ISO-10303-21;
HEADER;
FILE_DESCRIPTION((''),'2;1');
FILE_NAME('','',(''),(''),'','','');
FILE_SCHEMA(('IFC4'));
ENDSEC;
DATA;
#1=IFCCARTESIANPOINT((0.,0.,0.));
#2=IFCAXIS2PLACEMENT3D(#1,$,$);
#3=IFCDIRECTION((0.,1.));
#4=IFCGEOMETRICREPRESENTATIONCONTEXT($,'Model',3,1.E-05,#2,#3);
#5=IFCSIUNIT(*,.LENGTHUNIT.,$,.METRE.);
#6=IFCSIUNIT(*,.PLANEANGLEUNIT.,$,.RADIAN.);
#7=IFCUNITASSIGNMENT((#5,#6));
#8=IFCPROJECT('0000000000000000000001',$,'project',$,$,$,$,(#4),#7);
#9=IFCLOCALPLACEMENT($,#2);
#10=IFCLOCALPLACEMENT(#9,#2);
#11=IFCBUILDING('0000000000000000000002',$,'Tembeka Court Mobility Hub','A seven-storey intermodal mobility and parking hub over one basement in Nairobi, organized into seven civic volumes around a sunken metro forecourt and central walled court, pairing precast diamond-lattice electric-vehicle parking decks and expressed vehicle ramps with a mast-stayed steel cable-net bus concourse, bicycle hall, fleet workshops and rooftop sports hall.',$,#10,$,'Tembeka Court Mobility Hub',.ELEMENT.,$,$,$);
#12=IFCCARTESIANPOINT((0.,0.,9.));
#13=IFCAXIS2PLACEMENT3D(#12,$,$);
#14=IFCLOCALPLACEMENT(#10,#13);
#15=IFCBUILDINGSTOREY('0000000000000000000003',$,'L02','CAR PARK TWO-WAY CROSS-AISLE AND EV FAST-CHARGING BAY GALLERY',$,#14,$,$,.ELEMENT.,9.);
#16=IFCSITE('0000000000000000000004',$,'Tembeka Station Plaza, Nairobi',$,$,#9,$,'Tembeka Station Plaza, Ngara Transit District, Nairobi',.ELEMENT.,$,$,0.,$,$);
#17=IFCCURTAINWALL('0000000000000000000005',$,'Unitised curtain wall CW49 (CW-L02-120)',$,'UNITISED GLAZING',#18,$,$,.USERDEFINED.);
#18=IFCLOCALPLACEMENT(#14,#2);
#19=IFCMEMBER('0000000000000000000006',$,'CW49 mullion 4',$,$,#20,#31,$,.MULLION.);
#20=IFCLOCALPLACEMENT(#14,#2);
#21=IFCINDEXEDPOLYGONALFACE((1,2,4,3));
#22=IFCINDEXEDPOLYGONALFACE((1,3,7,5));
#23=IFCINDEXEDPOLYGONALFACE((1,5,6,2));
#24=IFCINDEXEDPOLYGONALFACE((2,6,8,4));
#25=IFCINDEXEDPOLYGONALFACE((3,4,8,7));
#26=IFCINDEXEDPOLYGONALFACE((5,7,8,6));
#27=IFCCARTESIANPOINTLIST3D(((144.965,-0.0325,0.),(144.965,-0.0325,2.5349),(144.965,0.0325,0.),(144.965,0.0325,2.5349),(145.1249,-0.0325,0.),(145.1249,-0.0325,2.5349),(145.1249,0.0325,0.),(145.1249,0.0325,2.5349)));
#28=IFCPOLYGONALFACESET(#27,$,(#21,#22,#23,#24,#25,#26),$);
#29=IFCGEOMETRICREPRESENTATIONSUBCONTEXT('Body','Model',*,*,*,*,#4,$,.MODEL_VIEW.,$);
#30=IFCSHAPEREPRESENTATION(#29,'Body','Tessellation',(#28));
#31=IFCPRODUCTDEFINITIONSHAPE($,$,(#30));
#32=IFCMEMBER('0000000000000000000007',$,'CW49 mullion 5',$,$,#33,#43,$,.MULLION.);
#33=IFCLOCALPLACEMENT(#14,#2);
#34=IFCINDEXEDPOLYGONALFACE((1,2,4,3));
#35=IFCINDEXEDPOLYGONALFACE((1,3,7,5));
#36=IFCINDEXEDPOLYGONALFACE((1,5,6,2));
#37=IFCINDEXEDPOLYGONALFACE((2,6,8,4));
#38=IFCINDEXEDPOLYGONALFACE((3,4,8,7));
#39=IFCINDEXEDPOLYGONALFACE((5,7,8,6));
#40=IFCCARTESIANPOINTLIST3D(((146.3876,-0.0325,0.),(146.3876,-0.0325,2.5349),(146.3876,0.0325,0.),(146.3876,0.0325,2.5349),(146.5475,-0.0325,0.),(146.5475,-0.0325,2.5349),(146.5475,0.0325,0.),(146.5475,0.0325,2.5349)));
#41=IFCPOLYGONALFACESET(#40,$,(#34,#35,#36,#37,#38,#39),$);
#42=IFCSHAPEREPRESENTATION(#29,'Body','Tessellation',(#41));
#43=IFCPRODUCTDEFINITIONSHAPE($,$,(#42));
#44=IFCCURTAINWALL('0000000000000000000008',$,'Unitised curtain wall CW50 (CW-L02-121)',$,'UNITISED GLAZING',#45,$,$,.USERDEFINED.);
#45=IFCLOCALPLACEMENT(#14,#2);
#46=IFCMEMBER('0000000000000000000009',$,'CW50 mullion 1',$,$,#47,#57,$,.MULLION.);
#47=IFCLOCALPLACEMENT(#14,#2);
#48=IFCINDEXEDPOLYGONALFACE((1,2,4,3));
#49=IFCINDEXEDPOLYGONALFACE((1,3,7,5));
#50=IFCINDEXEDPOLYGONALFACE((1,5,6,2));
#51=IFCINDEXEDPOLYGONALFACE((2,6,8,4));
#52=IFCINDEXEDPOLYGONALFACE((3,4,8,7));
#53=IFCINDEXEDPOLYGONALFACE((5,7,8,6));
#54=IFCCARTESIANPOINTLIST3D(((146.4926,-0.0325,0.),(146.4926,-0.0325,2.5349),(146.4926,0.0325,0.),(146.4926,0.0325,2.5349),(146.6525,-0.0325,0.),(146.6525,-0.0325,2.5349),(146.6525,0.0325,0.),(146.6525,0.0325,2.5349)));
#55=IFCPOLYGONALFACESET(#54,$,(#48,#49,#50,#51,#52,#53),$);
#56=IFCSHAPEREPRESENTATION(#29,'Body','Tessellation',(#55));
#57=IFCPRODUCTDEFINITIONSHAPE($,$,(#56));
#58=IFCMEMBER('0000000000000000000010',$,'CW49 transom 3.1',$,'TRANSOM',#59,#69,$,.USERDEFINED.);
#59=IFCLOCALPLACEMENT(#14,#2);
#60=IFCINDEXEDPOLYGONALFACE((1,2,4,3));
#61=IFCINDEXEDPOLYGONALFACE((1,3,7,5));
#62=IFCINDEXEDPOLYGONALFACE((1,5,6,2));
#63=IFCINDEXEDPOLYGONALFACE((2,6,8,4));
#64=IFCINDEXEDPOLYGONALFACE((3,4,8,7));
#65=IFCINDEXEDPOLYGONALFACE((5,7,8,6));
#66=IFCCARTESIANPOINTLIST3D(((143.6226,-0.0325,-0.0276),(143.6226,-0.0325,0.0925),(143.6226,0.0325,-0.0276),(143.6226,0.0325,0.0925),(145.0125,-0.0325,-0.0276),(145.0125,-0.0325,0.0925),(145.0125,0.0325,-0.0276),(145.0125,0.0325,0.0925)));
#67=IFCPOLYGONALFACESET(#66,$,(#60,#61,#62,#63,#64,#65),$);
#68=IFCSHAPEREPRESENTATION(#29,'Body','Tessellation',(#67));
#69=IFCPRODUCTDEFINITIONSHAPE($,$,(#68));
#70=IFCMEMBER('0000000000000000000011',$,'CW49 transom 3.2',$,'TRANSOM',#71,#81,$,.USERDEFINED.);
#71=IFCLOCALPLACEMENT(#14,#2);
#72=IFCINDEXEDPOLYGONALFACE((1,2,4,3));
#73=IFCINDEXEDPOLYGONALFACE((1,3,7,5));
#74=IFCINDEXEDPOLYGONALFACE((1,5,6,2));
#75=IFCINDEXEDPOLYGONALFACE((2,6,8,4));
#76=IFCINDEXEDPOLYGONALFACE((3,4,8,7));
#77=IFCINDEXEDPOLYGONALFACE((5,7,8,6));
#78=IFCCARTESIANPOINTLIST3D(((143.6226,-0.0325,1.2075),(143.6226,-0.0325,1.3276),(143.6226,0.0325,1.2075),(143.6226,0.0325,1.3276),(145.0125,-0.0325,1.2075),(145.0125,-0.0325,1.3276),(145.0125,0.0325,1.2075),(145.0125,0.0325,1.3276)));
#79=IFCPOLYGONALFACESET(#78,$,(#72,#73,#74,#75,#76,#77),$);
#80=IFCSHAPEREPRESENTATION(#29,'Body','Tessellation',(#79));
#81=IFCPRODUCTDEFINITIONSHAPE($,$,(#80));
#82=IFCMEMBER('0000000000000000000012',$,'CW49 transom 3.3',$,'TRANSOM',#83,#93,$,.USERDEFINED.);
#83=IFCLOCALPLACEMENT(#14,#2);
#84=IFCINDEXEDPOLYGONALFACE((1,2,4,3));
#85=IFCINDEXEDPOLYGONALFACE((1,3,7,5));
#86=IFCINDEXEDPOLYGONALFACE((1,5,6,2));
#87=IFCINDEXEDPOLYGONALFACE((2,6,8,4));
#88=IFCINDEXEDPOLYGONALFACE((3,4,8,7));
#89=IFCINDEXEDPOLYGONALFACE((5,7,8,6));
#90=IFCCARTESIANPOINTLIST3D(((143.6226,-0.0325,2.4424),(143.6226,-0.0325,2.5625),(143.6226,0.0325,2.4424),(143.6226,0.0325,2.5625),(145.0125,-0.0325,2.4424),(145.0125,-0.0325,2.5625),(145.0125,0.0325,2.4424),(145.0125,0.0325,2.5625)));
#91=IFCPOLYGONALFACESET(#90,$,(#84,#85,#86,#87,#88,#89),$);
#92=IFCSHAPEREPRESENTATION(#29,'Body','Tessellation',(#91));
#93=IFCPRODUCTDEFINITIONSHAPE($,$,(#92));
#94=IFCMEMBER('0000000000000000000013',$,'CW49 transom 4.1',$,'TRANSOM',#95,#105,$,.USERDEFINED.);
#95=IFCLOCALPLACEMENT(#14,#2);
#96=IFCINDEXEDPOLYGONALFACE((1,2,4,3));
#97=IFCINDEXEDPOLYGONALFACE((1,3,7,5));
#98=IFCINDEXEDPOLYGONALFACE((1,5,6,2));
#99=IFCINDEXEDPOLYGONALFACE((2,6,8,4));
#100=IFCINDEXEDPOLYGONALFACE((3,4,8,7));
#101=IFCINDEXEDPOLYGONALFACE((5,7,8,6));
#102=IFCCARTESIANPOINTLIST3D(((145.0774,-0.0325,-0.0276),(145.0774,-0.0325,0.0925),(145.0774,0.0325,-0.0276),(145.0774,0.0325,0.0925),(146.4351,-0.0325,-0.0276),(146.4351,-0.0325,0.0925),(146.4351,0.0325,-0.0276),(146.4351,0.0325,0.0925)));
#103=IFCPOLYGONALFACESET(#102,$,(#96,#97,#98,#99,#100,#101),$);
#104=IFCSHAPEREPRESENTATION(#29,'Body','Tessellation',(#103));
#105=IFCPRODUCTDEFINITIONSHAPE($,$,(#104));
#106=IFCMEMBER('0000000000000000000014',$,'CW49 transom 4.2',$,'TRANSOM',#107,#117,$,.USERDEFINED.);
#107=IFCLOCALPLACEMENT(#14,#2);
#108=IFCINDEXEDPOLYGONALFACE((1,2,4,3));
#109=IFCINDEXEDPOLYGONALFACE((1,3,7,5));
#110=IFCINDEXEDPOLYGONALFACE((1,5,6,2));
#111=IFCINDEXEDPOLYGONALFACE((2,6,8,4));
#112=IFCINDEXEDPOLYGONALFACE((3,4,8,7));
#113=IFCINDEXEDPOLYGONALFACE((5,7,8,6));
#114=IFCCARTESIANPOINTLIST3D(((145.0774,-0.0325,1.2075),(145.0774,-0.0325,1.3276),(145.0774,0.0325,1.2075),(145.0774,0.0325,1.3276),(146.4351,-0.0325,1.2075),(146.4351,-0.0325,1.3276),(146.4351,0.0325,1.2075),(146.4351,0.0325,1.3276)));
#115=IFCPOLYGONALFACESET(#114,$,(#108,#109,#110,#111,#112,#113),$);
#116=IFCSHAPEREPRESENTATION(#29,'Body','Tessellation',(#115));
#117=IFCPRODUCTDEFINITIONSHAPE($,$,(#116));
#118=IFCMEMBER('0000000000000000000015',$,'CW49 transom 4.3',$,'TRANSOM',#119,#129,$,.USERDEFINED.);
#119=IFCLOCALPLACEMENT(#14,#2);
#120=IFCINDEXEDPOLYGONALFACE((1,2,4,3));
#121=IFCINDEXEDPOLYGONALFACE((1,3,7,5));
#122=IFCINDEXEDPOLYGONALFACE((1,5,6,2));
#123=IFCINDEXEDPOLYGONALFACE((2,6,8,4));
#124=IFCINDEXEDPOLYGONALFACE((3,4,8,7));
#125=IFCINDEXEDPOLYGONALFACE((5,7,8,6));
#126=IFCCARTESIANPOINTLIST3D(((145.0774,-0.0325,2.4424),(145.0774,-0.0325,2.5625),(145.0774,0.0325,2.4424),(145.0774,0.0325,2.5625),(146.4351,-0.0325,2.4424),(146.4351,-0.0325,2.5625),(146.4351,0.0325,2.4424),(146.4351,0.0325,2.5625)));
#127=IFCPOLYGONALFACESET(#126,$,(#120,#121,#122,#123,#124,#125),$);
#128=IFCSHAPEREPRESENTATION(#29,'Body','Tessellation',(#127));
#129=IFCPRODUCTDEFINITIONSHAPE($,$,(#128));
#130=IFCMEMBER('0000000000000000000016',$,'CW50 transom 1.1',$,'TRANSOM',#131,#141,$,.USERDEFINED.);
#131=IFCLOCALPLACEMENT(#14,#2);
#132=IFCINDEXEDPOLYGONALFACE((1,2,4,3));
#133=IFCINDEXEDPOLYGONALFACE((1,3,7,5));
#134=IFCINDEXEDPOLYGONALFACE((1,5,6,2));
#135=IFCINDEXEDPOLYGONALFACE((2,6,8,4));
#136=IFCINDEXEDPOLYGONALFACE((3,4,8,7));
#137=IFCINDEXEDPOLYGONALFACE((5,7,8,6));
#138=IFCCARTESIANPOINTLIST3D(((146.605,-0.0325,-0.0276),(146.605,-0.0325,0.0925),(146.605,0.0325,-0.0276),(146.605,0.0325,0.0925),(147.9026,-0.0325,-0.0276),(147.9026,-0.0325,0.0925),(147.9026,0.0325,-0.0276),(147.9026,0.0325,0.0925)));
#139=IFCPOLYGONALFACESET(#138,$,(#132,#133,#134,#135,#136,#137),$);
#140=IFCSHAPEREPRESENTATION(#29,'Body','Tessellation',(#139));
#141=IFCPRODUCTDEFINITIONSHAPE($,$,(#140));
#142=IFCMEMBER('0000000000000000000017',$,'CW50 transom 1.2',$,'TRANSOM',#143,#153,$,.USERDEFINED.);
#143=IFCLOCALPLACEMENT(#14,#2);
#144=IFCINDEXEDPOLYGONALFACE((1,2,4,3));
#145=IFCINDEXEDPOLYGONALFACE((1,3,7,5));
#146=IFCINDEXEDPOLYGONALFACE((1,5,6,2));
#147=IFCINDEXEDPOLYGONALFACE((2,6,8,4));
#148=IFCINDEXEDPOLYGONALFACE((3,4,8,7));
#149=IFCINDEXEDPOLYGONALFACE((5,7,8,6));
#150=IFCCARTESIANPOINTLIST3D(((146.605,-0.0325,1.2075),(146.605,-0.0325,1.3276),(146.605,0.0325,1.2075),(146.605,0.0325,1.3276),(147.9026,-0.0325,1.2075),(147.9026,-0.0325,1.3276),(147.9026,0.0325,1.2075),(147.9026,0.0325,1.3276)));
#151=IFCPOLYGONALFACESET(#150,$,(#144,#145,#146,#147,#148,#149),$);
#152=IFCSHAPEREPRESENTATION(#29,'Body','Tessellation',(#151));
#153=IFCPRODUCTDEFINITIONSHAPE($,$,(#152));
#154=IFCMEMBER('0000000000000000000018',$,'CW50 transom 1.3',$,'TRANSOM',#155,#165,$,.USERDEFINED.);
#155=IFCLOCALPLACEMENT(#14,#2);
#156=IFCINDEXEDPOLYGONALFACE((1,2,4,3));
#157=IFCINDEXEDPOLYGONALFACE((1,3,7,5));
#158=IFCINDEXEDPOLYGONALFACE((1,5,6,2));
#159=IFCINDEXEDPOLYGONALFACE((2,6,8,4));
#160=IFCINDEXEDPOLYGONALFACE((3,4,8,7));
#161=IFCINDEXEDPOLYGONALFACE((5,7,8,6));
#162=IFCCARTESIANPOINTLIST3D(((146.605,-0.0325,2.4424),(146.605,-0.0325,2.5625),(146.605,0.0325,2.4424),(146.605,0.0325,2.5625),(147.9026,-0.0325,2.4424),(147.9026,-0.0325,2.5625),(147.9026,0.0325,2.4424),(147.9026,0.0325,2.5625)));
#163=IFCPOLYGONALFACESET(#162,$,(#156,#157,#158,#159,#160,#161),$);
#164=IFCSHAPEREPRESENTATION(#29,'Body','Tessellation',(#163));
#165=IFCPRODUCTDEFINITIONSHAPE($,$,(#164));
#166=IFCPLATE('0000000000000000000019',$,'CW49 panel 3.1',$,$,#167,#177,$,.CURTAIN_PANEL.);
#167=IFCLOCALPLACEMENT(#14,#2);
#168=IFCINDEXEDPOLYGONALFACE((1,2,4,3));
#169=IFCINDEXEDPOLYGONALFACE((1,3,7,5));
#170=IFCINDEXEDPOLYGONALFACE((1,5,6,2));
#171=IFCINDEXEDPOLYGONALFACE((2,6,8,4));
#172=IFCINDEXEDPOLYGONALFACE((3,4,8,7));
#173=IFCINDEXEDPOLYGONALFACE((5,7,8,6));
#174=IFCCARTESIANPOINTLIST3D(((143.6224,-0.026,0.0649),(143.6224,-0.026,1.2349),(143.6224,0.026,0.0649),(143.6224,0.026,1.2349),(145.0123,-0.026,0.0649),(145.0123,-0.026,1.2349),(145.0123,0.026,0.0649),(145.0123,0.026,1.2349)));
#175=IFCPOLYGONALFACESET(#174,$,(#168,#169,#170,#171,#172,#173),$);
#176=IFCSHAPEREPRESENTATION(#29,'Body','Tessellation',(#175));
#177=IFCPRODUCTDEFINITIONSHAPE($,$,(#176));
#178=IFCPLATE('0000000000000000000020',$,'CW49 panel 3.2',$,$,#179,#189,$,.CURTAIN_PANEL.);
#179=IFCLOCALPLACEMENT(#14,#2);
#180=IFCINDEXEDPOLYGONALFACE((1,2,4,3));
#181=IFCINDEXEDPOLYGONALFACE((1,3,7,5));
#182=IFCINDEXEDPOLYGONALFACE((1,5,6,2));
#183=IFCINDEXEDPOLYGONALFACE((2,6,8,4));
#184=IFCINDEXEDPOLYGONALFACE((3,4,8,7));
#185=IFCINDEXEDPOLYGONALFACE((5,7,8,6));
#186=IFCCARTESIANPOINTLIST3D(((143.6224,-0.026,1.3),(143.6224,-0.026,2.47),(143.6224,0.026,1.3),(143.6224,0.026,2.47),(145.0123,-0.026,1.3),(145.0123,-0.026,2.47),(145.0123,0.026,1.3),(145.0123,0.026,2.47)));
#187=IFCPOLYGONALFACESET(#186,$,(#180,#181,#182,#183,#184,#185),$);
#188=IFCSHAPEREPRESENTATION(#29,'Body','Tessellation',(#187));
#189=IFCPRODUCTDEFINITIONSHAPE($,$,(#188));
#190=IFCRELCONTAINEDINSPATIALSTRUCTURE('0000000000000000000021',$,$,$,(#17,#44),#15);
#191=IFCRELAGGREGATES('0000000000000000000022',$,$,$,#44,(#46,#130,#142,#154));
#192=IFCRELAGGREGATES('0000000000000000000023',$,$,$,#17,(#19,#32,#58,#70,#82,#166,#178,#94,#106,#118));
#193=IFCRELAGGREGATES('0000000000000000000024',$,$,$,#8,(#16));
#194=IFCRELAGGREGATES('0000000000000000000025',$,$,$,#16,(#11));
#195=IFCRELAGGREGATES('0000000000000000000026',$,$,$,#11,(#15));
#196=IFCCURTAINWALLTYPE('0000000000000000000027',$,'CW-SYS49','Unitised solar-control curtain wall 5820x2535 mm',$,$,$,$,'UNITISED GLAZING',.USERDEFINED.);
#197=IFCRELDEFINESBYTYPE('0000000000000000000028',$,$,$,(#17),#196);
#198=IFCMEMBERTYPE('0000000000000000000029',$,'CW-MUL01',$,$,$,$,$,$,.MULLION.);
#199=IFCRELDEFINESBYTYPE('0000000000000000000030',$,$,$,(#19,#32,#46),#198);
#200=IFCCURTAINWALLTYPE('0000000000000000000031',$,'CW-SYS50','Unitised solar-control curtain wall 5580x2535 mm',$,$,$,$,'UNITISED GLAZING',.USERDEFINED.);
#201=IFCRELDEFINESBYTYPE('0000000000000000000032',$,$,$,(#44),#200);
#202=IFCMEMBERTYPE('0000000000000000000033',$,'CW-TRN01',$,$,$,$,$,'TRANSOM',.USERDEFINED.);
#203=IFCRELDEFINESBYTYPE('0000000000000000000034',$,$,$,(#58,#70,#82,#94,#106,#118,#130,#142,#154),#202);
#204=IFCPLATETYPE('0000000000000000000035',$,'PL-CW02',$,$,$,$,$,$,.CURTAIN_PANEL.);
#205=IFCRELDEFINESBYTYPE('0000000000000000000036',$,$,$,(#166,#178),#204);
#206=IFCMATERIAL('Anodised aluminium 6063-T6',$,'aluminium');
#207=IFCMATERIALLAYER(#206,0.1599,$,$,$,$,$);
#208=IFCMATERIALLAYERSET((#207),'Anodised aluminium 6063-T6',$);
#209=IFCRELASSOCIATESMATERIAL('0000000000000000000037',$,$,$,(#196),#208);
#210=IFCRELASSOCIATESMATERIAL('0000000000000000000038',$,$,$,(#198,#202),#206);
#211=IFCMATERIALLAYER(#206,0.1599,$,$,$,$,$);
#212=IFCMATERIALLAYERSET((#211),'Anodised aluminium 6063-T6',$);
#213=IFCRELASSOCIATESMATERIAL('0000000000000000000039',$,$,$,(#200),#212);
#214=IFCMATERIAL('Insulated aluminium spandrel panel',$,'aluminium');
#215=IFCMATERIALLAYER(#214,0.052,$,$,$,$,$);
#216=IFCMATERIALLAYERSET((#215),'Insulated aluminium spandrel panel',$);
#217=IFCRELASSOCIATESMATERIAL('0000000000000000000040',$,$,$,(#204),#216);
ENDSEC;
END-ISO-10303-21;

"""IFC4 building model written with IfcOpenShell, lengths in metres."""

from ifc_helpers import new_model, si_unit, direction, frame, origin, origin_2d, place, context, subcontext, project, spatial, rectangle, extrude, material, layer, layer_set, material_profile, profile_set, type_object, element, aggregate, save


model = new_model("IFC4")

# Units and contexts
model_context = context("Model", 3, precision=1e-05, world=origin(), true_north=direction((0.0, 1.0)))
body_context = subcontext(model_context, "Body", "Model", "MODEL_VIEW")
ifc_project = project(units=[si_unit("LENGTHUNIT", "METRE"), si_unit("PLANEANGLEUNIT", "RADIAN")], contexts=[model_context])

# Site, building, storey
site_placement = place(None, origin())
site = spatial("IfcSite", under=ifc_project, at=site_placement, Name="Tembeka Station Plaza, Nairobi", LongName="Tembeka Station Plaza, Ngara Transit District, Nairobi", CompositionType="ELEMENT", RefElevation=0.0)
building_placement = place(site_placement, origin())
building = spatial("IfcBuilding", under=site, at=building_placement, Name="Tembeka Court Mobility Hub", Description="A seven-storey intermodal mobility and parking hub over one basement in Nairobi, organized into seven civic volumes around a sunken metro forecourt and central walled court, pairing precast diamond-lattice electric-vehicle parking decks and expressed vehicle ramps with a mast-stayed steel cable-net bus concourse, bicycle hall, fleet workshops and rooftop sports hall.", LongName="Tembeka Court Mobility Hub", CompositionType="ELEMENT")
storey_placement = place(building_placement, frame((0.0, 0.0, 9.0)))
storey = spatial("IfcBuildingStorey", under=building, at=storey_placement, Name="L02", Description="CAR PARK TWO-WAY CROSS-AISLE AND EV FAST-CHARGING BAY GALLERY", CompositionType="ELEMENT", Elevation=9.0)

# Curtain wall, members
ifc_material_1 = material(Name="Anodised aluminium 6063-T6", Category="aluminium")
ifc_layer_1 = layer(ifc_material_1, 0.1599)
ifc_layer_set_1 = layer_set([ifc_layer_1], Name="Anodised aluminium 6063-T6")
curtain_wall_type_1 = type_object("IfcCurtainWallType", Name="CW-SYS49", Description="Unitised solar-control curtain wall 5820x2535 mm", ElementType="UNITISED GLAZING", PredefinedType="USERDEFINED", material=ifc_layer_set_1)
curtain_wall_1_placement = place(storey_placement, origin())
curtain_wall_1 = element("IfcCurtainWall", 1, at=curtain_wall_1_placement, inside=storey, type_object=curtain_wall_type_1, Name="Unitised curtain wall CW49 (CW-L02-120)", ObjectType="UNITISED GLAZING", PredefinedType="USERDEFINED")
ifc_material_profile_1 = material_profile(ifc_material_1, rectangle(XDim=0.0649, YDim=0.1599, at=origin_2d()), Name="ALU-MUL 65x160")
ifc_profile_set_1 = profile_set([ifc_material_profile_1], Name="Anodised aluminium 6063-T6")
member_type_1 = type_object("IfcMemberType", Name="CW-MUL01", PredefinedType="MULLION", material=ifc_profile_set_1)
member_1_placement = place(storey_placement, frame((145.0449, 0.0, 0.0), z_axis=(0.0, 0.0, 1.0), x_axis=(0.0, 1.0, 0.0)))
member_1 = element("IfcMember", 2, at=member_1_placement, type_object=member_type_1, Name="CW49 mullion 4", PredefinedType="MULLION", context=body_context, shape_type="SweptSolid", body=[
    extrude(rectangle(XDim=0.0649, YDim=0.1599, at=origin_2d()), origin(), (0.0, 0.0, 1.0), 2.5349),
])
member_2_placement = place(storey_placement, frame((146.4675, 0.0, 0.0), z_axis=(0.0, 0.0, 1.0), x_axis=(0.0, 1.0, 0.0)))
member_2 = element("IfcMember", 3, at=member_2_placement, type_object=member_type_1, Name="CW49 mullion 5", PredefinedType="MULLION", context=body_context, shape_type="SweptSolid", body=[
    extrude(rectangle(XDim=0.0649, YDim=0.1599, at=origin_2d()), origin(), (0.0, 0.0, 1.0), 2.5349),
])

# Curtain wall, member
ifc_layer_2 = layer(ifc_material_1, 0.1599)
ifc_layer_set_2 = layer_set([ifc_layer_2], Name="Anodised aluminium 6063-T6")
curtain_wall_type_2 = type_object("IfcCurtainWallType", Name="CW-SYS50", Description="Unitised solar-control curtain wall 5580x2535 mm", ElementType="UNITISED GLAZING", PredefinedType="USERDEFINED", material=ifc_layer_set_2)
curtain_wall_2_placement = place(storey_placement, origin())
curtain_wall_2 = element("IfcCurtainWall", 4, at=curtain_wall_2_placement, inside=storey, type_object=curtain_wall_type_2, Name="Unitised curtain wall CW50 (CW-L02-121)", ObjectType="UNITISED GLAZING", PredefinedType="USERDEFINED")
member_3_placement = place(storey_placement, frame((146.5725, 0.0, 0.0), z_axis=(0.0, 0.0, 1.0), x_axis=(0.0, 1.0, 0.0)))
member_3 = element("IfcMember", 5, at=member_3_placement, type_object=member_type_1, Name="CW50 mullion 1", PredefinedType="MULLION", context=body_context, shape_type="SweptSolid", body=[
    extrude(rectangle(XDim=0.0649, YDim=0.1599, at=origin_2d()), origin(), (0.0, 0.0, 1.0), 2.5349),
])

# Members
ifc_material_profile_2 = material_profile(ifc_material_1, rectangle(XDim=0.0649, YDim=0.1201, at=origin_2d()), Name="ALU-TRN 65x120")
ifc_profile_set_2 = profile_set([ifc_material_profile_2], Name="Anodised aluminium 6063-T6")
member_type_2 = type_object("IfcMemberType", Name="CW-TRN01", ElementType="TRANSOM", PredefinedType="USERDEFINED", material=ifc_profile_set_2)
member_4_placement = place(storey_placement, frame((143.6226, 0.0, 0.0325), z_axis=(1.0, 0.0, 0.0), x_axis=(0.0, 1.0, 0.0)))
member_4 = element("IfcMember", 6, at=member_4_placement, type_object=member_type_2, Name="CW49 transom 3.1", ObjectType="TRANSOM", PredefinedType="USERDEFINED", context=body_context, shape_type="SweptSolid", body=[
    extrude(rectangle(XDim=0.0649, YDim=0.1201, at=origin_2d()), origin(), (0.0, 0.0, 1.0), 1.3899),
])
member_5_placement = place(storey_placement, frame((143.6226, 0.0, 1.2676), z_axis=(1.0, 0.0, 0.0), x_axis=(0.0, 1.0, 0.0)))
member_5 = element("IfcMember", 7, at=member_5_placement, type_object=member_type_2, Name="CW49 transom 3.2", ObjectType="TRANSOM", PredefinedType="USERDEFINED", context=body_context, shape_type="SweptSolid", body=[
    extrude(rectangle(XDim=0.0649, YDim=0.1201, at=origin_2d()), origin(), (0.0, 0.0, 1.0), 1.3899),
])
member_6_placement = place(storey_placement, frame((143.6226, 0.0, 2.5024), z_axis=(1.0, 0.0, 0.0), x_axis=(0.0, 1.0, 0.0)))
member_6 = element("IfcMember", 8, at=member_6_placement, type_object=member_type_2, Name="CW49 transom 3.3", ObjectType="TRANSOM", PredefinedType="USERDEFINED", context=body_context, shape_type="SweptSolid", body=[
    extrude(rectangle(XDim=0.0649, YDim=0.1201, at=origin_2d()), origin(), (0.0, 0.0, 1.0), 1.3899),
])
member_7_placement = place(storey_placement, frame((145.0774, 0.0, 0.0325), z_axis=(1.0, 0.0, 0.0), x_axis=(0.0, 1.0, 0.0)))
member_7 = element("IfcMember", 9, at=member_7_placement, type_object=member_type_2, Name="CW49 transom 4.1", ObjectType="TRANSOM", PredefinedType="USERDEFINED", context=body_context, shape_type="SweptSolid", body=[
    extrude(rectangle(XDim=0.0649, YDim=0.1201, at=origin_2d()), origin(), (0.0, 0.0, 1.0), 1.3577),
])
member_8_placement = place(storey_placement, frame((145.0774, 0.0, 1.2676), z_axis=(1.0, 0.0, 0.0), x_axis=(0.0, 1.0, 0.0)))
member_8 = element("IfcMember", 10, at=member_8_placement, type_object=member_type_2, Name="CW49 transom 4.2", ObjectType="TRANSOM", PredefinedType="USERDEFINED", context=body_context, shape_type="SweptSolid", body=[
    extrude(rectangle(XDim=0.0649, YDim=0.1201, at=origin_2d()), origin(), (0.0, 0.0, 1.0), 1.3577),
])
member_9_placement = place(storey_placement, frame((145.0774, 0.0, 2.5024), z_axis=(1.0, 0.0, 0.0), x_axis=(0.0, 1.0, 0.0)))
member_9 = element("IfcMember", 11, at=member_9_placement, type_object=member_type_2, Name="CW49 transom 4.3", ObjectType="TRANSOM", PredefinedType="USERDEFINED", context=body_context, shape_type="SweptSolid", body=[
    extrude(rectangle(XDim=0.0649, YDim=0.1201, at=origin_2d()), origin(), (0.0, 0.0, 1.0), 1.3577),
])
member_10_placement = place(storey_placement, frame((146.605, 0.0, 0.0325), z_axis=(1.0, 0.0, 0.0), x_axis=(0.0, 1.0, 0.0)))
member_10 = element("IfcMember", 12, at=member_10_placement, type_object=member_type_2, Name="CW50 transom 1.1", ObjectType="TRANSOM", PredefinedType="USERDEFINED", context=body_context, shape_type="SweptSolid", body=[
    extrude(rectangle(XDim=0.0649, YDim=0.1201, at=origin_2d()), origin(), (0.0, 0.0, 1.0), 1.2976),
])
member_11_placement = place(storey_placement, frame((146.605, 0.0, 1.2676), z_axis=(1.0, 0.0, 0.0), x_axis=(0.0, 1.0, 0.0)))
member_11 = element("IfcMember", 13, at=member_11_placement, type_object=member_type_2, Name="CW50 transom 1.2", ObjectType="TRANSOM", PredefinedType="USERDEFINED", context=body_context, shape_type="SweptSolid", body=[
    extrude(rectangle(XDim=0.0649, YDim=0.1201, at=origin_2d()), origin(), (0.0, 0.0, 1.0), 1.2976),
])
member_12_placement = place(storey_placement, frame((146.605, 0.0, 2.5024), z_axis=(1.0, 0.0, 0.0), x_axis=(0.0, 1.0, 0.0)))
member_12 = element("IfcMember", 14, at=member_12_placement, type_object=member_type_2, Name="CW50 transom 1.3", ObjectType="TRANSOM", PredefinedType="USERDEFINED", context=body_context, shape_type="SweptSolid", body=[
    extrude(rectangle(XDim=0.0649, YDim=0.1201, at=origin_2d()), origin(), (0.0, 0.0, 1.0), 1.2976),
])
aggregate(curtain_wall_2, [member_3, member_10, member_11, member_12])

# Plates
ifc_material_2 = material(Name="Insulated aluminium spandrel panel", Category="aluminium")
ifc_layer_3 = layer(ifc_material_2, 0.052)
ifc_layer_set_3 = layer_set([ifc_layer_3], Name="Insulated aluminium spandrel panel")
plate_type = type_object("IfcPlateType", Name="PL-CW02", PredefinedType="CURTAIN_PANEL", material=ifc_layer_set_3)
plate_1_placement = place(storey_placement, frame((144.3174, 0.0, 0.0649), z_axis=(0.0, 0.0, 1.0), x_axis=(1.0, 0.0, 0.0)))
plate_1 = element("IfcPlate", 15, at=plate_1_placement, type_object=plate_type, Name="CW49 panel 3.1", PredefinedType="CURTAIN_PANEL", context=body_context, shape_type="SweptSolid", body=[
    extrude(rectangle(XDim=1.3899, YDim=0.052, at=origin_2d()), origin(), (0.0, 0.0, 1.0), 1.1699),
])
plate_2_placement = place(storey_placement, frame((144.3174, 0.0, 1.3), z_axis=(0.0, 0.0, 1.0), x_axis=(1.0, 0.0, 0.0)))
plate_2 = element("IfcPlate", 16, at=plate_2_placement, type_object=plate_type, Name="CW49 panel 3.2", PredefinedType="CURTAIN_PANEL", context=body_context, shape_type="SweptSolid", body=[
    extrude(rectangle(XDim=1.3899, YDim=0.052, at=origin_2d()), origin(), (0.0, 0.0, 1.0), 1.1699),
])
aggregate(curtain_wall_1, [member_1, member_2, member_4, member_5, member_6, plate_1, plate_2, member_7, member_8, member_9])

save(model, "model.ifc")
